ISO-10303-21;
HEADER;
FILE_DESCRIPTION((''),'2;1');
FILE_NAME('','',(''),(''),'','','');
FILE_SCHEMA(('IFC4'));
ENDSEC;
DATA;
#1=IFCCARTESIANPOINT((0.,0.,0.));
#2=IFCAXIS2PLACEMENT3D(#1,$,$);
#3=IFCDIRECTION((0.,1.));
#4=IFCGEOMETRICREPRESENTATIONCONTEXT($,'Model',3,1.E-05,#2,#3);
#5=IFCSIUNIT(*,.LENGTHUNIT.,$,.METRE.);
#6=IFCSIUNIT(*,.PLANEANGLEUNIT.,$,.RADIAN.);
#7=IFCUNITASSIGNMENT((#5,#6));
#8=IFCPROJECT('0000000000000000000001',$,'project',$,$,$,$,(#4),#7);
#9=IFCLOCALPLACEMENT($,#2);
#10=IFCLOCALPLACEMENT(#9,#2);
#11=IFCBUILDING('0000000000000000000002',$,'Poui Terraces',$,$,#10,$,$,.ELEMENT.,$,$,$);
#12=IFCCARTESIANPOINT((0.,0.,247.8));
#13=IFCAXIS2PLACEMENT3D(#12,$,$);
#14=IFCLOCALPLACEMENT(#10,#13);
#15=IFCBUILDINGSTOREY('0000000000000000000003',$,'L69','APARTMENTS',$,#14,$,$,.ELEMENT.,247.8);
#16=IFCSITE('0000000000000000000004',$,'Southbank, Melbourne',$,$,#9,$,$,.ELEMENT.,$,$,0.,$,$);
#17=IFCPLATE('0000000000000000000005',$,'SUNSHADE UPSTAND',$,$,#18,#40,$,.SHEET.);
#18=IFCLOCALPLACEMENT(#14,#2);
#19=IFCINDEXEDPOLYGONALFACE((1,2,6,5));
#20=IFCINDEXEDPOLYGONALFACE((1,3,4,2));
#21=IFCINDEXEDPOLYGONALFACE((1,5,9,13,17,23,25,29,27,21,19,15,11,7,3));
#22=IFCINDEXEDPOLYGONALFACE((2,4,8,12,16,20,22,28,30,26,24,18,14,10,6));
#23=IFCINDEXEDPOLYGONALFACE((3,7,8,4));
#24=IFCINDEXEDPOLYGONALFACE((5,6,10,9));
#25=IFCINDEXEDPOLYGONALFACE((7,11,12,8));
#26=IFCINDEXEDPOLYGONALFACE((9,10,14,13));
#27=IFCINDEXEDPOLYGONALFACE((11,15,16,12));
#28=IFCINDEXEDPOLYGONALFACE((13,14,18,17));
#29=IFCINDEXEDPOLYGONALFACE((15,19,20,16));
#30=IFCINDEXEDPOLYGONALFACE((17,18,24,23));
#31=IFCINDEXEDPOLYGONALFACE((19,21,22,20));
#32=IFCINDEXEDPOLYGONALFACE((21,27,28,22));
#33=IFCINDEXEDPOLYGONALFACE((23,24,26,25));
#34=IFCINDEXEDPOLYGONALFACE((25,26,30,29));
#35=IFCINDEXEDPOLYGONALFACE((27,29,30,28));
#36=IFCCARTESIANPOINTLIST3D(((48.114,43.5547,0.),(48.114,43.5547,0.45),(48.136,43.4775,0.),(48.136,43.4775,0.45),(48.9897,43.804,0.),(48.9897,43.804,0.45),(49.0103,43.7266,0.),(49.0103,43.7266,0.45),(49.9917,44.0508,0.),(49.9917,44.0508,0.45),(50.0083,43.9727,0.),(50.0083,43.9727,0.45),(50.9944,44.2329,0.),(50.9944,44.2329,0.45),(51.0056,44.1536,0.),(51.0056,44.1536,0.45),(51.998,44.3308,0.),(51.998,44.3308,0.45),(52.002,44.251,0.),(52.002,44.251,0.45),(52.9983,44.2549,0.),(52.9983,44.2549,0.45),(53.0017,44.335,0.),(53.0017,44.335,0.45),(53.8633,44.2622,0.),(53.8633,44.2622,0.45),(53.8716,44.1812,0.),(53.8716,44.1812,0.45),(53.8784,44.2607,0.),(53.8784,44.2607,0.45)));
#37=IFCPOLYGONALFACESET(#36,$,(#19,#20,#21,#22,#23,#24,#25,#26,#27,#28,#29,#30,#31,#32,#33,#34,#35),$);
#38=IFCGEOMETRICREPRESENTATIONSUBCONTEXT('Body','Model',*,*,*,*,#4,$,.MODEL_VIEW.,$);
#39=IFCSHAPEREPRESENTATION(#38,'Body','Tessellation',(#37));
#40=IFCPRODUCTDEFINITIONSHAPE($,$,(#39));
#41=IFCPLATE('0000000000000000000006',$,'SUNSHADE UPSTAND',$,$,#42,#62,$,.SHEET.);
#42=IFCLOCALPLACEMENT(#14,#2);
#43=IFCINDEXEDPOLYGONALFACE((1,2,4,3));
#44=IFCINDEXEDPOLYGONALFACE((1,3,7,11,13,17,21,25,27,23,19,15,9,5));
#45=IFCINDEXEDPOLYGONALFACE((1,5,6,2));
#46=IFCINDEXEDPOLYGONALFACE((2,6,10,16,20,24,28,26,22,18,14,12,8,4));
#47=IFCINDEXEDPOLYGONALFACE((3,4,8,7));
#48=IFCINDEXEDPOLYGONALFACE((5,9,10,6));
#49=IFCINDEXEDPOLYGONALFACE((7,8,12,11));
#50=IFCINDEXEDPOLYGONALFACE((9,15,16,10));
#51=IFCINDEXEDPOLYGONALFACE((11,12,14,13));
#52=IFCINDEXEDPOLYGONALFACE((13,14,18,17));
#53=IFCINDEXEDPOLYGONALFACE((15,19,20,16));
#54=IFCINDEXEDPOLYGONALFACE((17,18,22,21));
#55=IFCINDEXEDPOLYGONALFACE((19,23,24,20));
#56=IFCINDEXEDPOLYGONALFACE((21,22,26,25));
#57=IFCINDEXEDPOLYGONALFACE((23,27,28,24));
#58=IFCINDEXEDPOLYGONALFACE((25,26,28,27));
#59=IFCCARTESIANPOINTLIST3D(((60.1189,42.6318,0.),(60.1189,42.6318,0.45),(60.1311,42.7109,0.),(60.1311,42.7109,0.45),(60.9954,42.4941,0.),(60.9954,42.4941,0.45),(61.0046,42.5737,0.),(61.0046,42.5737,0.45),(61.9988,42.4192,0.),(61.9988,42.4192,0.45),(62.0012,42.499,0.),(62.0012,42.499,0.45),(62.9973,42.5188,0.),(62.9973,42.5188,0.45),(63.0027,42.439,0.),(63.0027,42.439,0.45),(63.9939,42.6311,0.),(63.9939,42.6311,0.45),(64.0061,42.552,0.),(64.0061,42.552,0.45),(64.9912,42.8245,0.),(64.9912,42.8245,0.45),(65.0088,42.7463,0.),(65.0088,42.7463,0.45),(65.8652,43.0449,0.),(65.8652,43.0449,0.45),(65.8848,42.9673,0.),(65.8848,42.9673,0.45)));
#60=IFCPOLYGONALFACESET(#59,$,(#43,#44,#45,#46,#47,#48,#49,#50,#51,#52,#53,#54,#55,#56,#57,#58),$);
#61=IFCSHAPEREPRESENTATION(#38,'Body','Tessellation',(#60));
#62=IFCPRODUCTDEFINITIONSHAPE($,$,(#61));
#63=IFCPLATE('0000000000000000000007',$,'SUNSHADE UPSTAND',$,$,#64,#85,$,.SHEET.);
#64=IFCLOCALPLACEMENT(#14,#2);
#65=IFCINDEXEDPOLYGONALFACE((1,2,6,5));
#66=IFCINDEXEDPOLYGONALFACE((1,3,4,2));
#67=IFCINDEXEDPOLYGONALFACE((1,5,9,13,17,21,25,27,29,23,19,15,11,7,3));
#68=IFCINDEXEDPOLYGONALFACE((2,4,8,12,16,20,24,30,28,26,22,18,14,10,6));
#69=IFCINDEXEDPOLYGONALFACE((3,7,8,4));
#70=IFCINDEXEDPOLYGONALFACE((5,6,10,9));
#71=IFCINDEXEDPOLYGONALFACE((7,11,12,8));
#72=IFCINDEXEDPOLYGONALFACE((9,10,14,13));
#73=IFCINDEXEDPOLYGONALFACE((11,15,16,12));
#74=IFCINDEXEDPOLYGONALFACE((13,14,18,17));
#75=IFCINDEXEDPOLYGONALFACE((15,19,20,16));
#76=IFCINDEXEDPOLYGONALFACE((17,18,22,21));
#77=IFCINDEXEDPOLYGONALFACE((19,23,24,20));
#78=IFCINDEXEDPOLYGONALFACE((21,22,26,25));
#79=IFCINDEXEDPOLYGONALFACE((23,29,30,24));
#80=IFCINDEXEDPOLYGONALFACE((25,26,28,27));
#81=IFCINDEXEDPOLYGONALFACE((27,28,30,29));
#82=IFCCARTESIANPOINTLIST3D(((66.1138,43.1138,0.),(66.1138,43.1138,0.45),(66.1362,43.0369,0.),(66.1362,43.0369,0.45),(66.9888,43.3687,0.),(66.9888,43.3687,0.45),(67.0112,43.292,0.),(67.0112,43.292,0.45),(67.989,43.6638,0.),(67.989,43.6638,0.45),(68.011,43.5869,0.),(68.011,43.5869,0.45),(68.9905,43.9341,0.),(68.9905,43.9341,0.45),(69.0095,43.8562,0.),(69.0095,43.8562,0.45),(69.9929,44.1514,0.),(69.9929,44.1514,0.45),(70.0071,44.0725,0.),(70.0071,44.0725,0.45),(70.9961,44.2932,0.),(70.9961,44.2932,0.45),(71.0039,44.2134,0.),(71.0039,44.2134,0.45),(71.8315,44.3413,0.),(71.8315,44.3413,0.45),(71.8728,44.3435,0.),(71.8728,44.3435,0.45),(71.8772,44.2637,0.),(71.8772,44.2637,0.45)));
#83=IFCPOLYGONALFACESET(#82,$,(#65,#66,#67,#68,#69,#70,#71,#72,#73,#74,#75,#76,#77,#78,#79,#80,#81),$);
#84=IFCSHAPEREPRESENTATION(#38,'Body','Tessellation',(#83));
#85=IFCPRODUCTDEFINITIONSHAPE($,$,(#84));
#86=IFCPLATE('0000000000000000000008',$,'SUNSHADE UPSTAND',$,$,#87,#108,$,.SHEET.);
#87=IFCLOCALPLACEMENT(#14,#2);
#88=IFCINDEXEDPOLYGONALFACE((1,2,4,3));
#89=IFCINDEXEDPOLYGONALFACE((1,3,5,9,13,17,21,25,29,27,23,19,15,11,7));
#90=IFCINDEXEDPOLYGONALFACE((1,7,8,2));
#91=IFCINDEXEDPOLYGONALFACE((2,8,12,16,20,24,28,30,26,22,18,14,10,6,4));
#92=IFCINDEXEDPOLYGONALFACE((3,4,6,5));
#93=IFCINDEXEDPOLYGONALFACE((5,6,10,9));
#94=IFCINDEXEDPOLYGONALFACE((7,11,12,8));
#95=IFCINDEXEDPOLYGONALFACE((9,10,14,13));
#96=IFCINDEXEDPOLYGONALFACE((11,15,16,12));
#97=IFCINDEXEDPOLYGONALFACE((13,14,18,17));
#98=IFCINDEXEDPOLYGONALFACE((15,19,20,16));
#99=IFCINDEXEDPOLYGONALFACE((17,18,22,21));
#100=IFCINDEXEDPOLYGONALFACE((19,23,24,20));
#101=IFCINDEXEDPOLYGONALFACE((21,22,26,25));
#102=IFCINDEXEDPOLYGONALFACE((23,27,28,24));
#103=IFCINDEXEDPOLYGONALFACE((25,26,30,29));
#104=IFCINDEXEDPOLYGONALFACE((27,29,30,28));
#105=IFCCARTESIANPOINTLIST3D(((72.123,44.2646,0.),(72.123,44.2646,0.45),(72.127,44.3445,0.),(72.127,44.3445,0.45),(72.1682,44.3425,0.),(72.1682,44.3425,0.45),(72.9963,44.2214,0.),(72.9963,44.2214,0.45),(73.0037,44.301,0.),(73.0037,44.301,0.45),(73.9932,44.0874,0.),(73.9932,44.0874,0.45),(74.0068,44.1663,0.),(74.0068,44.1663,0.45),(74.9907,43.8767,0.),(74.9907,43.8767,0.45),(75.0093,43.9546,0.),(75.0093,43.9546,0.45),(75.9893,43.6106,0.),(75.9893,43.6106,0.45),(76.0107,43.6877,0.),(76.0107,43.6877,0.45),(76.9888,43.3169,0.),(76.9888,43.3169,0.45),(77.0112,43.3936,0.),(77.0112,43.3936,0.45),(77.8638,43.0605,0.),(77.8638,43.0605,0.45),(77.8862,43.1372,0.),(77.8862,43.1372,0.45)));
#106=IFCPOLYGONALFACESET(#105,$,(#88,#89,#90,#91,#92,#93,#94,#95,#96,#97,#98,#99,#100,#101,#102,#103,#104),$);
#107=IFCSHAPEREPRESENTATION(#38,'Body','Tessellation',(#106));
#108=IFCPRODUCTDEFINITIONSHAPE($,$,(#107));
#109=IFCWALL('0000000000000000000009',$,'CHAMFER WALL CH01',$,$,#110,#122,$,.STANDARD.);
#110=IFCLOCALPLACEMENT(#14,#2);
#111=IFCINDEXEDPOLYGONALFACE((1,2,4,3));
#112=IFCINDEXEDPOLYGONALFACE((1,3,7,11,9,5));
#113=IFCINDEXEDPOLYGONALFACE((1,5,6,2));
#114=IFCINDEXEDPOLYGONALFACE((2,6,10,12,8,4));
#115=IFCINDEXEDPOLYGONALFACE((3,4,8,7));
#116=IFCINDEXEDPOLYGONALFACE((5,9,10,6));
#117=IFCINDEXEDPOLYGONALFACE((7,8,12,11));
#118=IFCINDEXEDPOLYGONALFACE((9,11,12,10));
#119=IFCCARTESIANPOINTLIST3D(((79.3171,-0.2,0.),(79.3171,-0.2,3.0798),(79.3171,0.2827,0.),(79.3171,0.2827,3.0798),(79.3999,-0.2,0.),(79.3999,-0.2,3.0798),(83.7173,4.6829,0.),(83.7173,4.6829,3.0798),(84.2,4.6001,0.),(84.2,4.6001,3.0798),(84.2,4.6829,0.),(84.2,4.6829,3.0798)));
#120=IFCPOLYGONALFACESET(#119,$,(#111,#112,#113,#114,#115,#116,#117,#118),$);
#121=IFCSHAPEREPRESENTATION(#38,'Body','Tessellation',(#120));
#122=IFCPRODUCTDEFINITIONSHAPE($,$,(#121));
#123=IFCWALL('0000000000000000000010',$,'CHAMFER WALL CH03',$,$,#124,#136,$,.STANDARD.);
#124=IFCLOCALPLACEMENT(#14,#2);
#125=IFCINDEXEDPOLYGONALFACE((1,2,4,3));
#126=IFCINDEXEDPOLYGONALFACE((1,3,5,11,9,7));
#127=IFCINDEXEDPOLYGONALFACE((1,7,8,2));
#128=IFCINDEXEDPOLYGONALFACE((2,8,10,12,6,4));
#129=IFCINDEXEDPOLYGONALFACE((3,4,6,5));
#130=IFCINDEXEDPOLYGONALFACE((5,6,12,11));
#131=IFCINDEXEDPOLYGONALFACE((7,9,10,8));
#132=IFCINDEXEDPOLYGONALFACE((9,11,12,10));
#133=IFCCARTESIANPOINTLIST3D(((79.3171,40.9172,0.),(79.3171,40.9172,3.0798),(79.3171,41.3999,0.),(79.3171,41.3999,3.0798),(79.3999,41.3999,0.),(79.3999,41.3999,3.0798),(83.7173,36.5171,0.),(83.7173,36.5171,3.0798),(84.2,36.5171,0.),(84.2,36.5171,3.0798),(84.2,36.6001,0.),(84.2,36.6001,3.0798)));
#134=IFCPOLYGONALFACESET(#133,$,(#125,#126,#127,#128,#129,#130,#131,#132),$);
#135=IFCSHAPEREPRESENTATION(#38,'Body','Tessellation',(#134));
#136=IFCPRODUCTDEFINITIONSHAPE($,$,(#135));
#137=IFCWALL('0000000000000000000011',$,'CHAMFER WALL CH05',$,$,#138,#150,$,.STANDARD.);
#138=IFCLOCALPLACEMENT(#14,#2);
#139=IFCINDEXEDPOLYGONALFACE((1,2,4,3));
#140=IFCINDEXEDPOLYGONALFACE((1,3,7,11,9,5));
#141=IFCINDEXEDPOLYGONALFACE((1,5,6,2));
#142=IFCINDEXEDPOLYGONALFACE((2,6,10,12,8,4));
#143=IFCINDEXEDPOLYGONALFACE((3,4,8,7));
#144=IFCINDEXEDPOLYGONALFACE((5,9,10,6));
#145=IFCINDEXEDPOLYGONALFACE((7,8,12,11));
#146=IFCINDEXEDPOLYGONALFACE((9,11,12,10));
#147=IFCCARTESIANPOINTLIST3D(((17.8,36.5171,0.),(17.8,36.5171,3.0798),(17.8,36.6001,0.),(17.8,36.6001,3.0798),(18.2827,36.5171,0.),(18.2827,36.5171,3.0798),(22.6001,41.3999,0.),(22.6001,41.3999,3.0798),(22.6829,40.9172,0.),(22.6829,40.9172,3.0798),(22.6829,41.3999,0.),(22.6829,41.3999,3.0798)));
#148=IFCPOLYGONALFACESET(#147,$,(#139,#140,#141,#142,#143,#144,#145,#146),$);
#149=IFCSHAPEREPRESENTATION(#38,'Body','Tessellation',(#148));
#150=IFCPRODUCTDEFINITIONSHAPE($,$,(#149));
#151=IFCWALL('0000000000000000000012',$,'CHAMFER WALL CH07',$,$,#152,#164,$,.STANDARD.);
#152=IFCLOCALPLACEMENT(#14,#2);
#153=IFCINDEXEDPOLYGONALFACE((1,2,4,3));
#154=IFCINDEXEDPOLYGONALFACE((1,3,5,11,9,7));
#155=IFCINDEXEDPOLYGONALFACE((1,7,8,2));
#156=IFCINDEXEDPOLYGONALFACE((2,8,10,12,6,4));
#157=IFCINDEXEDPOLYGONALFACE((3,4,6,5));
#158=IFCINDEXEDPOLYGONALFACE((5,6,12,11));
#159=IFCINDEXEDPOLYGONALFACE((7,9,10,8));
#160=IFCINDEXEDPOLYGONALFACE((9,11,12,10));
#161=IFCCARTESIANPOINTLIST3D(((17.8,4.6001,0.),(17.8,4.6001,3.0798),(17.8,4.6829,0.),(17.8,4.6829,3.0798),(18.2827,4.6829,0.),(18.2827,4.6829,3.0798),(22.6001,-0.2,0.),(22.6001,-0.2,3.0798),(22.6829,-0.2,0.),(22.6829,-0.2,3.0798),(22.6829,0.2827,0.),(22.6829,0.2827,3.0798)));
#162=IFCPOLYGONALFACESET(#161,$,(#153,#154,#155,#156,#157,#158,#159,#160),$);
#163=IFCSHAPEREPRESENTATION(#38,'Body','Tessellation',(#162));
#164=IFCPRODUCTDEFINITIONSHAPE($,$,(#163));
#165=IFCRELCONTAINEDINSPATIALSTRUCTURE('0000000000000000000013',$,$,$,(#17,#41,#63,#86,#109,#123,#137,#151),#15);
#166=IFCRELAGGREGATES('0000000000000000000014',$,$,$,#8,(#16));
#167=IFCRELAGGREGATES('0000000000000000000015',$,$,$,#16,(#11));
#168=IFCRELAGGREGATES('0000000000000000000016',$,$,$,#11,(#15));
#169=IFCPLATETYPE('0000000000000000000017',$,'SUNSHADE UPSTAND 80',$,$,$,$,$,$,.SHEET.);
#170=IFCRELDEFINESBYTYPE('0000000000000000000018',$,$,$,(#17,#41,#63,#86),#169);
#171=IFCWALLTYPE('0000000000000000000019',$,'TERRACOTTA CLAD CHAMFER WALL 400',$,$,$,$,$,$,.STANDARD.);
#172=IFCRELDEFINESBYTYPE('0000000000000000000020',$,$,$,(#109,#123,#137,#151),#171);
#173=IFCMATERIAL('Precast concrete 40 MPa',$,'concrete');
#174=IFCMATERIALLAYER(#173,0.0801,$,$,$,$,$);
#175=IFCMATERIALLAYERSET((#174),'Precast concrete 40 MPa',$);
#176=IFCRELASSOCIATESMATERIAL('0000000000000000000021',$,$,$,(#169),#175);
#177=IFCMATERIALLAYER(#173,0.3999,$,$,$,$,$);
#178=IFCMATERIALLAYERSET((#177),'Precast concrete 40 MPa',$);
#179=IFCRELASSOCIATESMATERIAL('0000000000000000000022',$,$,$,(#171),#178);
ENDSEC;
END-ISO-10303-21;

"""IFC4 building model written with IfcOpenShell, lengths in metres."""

from ifc_helpers import new_model, si_unit, direction, frame, origin, place, context, subcontext, project, spatial, polyline, outline, extrude, material, layer, layer_set, type_object, element, save


model = new_model("IFC4")

# Units and contexts
model_context = context("Model", 3, precision=1e-05, world=origin(), true_north=direction((0.0, 1.0)))
body_context = subcontext(model_context, "Body", "Model", "MODEL_VIEW")
ifc_project = project(units=[si_unit("LENGTHUNIT", "METRE"), si_unit("PLANEANGLEUNIT", "RADIAN")], contexts=[model_context])

# Site, building, storey
site_placement = place(None, origin())
site = spatial("IfcSite", under=ifc_project, at=site_placement, Name="Southbank, Melbourne", CompositionType="ELEMENT", RefElevation=0.0)
building_placement = place(site_placement, origin())
building = spatial("IfcBuilding", under=site, at=building_placement, Name="Poui Terraces", CompositionType="ELEMENT")
storey_placement = place(building_placement, frame((0.0, 0.0, 247.8)))
storey = spatial("IfcBuildingStorey", under=building, at=storey_placement, Name="L69", Description="APARTMENTS", CompositionType="ELEMENT", Elevation=247.8)

# Shared definitions
ifc_material_1 = material(Name="Precast concrete 40 MPa", Category="concrete")

# Plates
ifc_layer_1 = layer(ifc_material_1, 0.0801)
ifc_layer_set_1 = layer_set([ifc_layer_1], Name="Precast concrete 40 MPa")
plate_type = type_object("IfcPlateType", Name="SUNSHADE UPSTAND 80", PredefinedType="SHEET", material=ifc_layer_set_1)
plate_1_placement = place(storey_placement, origin())
element("IfcPlate", 1, at=plate_1_placement, inside=storey, type_object=plate_type, Name="SUNSHADE UPSTAND", PredefinedType="SHEET", context=body_context, shape_type="SweptSolid", body=[
    extrude(outline(polyline([(48.9897, 43.804), (48.114, 43.5547), (48.136, 43.4775), (49.0103, 43.7266), (50.0083, 43.9727), (51.0056, 44.1536), (52.002, 44.251), (52.9983, 44.2549), (53.8716, 44.1812), (53.8784, 44.2607), (53.8633, 44.2622), (53.0017, 44.335), (51.998, 44.3308), (50.9944, 44.2329), (49.9917, 44.0508), (48.9897, 43.804)])), origin(), (0.0, 0.0, 1.0), 0.45),
])
plate_2_placement = place(storey_placement, origin())
element("IfcPlate", 2, at=plate_2_placement, inside=storey, type_object=plate_type, Name="SUNSHADE UPSTAND", PredefinedType="SHEET", context=body_context, shape_type="SweptSolid", body=[
    extrude(outline(polyline([(61.0046, 42.5737), (60.1311, 42.7109), (60.1189, 42.6318), (60.9954, 42.4941), (61.9988, 42.4192), (63.0027, 42.439), (64.0061, 42.552), (65.0088, 42.7463), (65.8848, 42.9673), (65.8652, 43.0449), (64.9912, 42.8245), (63.9939, 42.6311), (62.9973, 42.5188), (62.0012, 42.499), (61.0046, 42.5737)])), origin(), (0.0, 0.0, 1.0), 0.45),
])
plate_3_placement = place(storey_placement, origin())
element("IfcPlate", 3, at=plate_3_placement, inside=storey, type_object=plate_type, Name="SUNSHADE UPSTAND", PredefinedType="SHEET", context=body_context, shape_type="SweptSolid", body=[
    extrude(outline(polyline([(66.9888, 43.3687), (66.1138, 43.1138), (66.1362, 43.0369), (67.0112, 43.292), (68.011, 43.5869), (69.0095, 43.8562), (70.0071, 44.0725), (71.0039, 44.2134), (71.8772, 44.2637), (71.8728, 44.3435), (71.8315, 44.3413), (70.9961, 44.2932), (69.9929, 44.1514), (68.9905, 43.9341), (67.989, 43.6638), (66.9888, 43.3687)])), origin(), (0.0, 0.0, 1.0), 0.45),
])
plate_4_placement = place(storey_placement, origin())
element("IfcPlate", 4, at=plate_4_placement, inside=storey, type_object=plate_type, Name="SUNSHADE UPSTAND", PredefinedType="SHEET", context=body_context, shape_type="SweptSolid", body=[
    extrude(outline(polyline([(73.0037, 44.301), (72.1682, 44.3425), (72.127, 44.3445), (72.123, 44.2646), (72.9963, 44.2214), (73.9932, 44.0874), (74.9907, 43.8767), (75.9893, 43.6106), (76.9888, 43.3169), (77.8638, 43.0605), (77.8862, 43.1372), (77.0112, 43.3936), (76.0107, 43.6877), (75.0093, 43.9546), (74.0068, 44.1663), (73.0037, 44.301)])), origin(), (0.0, 0.0, 1.0), 0.45),
])

# Walls
ifc_layer_2 = layer(ifc_material_1, 0.3999)
ifc_layer_set_2 = layer_set([ifc_layer_2], Name="Precast concrete 40 MPa")
wall_type = type_object("IfcWallType", Name="TERRACOTTA CLAD CHAMFER WALL 400", PredefinedType="STANDARD", material=ifc_layer_set_2)
wall_1_placement = place(storey_placement, origin())
element("IfcWall", 5, at=wall_1_placement, inside=storey, type_object=wall_type, Name="CHAMFER WALL CH01", PredefinedType="STANDARD", context=body_context, shape_type="SweptSolid", body=[
    extrude(outline(polyline([(79.3171, -0.2), (79.3999, -0.2), (84.2, 4.6001), (84.2, 4.6829), (83.7173, 4.6829), (79.3171, 0.2827), (79.3171, -0.2)])), origin(), (0.0, 0.0, 1.0), 3.0798),
])
wall_2_placement = place(storey_placement, origin())
element("IfcWall", 6, at=wall_2_placement, inside=storey, type_object=wall_type, Name="CHAMFER WALL CH03", PredefinedType="STANDARD", context=body_context, shape_type="SweptSolid", body=[
    extrude(outline(polyline([(84.2, 36.5171), (84.2, 36.6001), (79.3999, 41.3999), (79.3171, 41.3999), (79.3171, 40.9172), (83.7173, 36.5171), (84.2, 36.5171)])), origin(), (0.0, 0.0, 1.0), 3.0798),
])
wall_3_placement = place(storey_placement, origin())
element("IfcWall", 7, at=wall_3_placement, inside=storey, type_object=wall_type, Name="CHAMFER WALL CH05", PredefinedType="STANDARD", context=body_context, shape_type="SweptSolid", body=[
    extrude(outline(polyline([(22.6829, 41.3999), (22.6001, 41.3999), (17.8, 36.6001), (17.8, 36.5171), (18.2827, 36.5171), (22.6829, 40.9172), (22.6829, 41.3999)])), origin(), (0.0, 0.0, 1.0), 3.0798),
])
wall_4_placement = place(storey_placement, origin())
element("IfcWall", 8, at=wall_4_placement, inside=storey, type_object=wall_type, Name="CHAMFER WALL CH07", PredefinedType="STANDARD", context=body_context, shape_type="SweptSolid", body=[
    extrude(outline(polyline([(17.8, 4.6829), (17.8, 4.6001), (22.6001, -0.2), (22.6829, -0.2), (22.6829, 0.2827), (18.2827, 4.6829), (17.8, 4.6829)])), origin(), (0.0, 0.0, 1.0), 3.0798),
])

save(model, "model.ifc")
